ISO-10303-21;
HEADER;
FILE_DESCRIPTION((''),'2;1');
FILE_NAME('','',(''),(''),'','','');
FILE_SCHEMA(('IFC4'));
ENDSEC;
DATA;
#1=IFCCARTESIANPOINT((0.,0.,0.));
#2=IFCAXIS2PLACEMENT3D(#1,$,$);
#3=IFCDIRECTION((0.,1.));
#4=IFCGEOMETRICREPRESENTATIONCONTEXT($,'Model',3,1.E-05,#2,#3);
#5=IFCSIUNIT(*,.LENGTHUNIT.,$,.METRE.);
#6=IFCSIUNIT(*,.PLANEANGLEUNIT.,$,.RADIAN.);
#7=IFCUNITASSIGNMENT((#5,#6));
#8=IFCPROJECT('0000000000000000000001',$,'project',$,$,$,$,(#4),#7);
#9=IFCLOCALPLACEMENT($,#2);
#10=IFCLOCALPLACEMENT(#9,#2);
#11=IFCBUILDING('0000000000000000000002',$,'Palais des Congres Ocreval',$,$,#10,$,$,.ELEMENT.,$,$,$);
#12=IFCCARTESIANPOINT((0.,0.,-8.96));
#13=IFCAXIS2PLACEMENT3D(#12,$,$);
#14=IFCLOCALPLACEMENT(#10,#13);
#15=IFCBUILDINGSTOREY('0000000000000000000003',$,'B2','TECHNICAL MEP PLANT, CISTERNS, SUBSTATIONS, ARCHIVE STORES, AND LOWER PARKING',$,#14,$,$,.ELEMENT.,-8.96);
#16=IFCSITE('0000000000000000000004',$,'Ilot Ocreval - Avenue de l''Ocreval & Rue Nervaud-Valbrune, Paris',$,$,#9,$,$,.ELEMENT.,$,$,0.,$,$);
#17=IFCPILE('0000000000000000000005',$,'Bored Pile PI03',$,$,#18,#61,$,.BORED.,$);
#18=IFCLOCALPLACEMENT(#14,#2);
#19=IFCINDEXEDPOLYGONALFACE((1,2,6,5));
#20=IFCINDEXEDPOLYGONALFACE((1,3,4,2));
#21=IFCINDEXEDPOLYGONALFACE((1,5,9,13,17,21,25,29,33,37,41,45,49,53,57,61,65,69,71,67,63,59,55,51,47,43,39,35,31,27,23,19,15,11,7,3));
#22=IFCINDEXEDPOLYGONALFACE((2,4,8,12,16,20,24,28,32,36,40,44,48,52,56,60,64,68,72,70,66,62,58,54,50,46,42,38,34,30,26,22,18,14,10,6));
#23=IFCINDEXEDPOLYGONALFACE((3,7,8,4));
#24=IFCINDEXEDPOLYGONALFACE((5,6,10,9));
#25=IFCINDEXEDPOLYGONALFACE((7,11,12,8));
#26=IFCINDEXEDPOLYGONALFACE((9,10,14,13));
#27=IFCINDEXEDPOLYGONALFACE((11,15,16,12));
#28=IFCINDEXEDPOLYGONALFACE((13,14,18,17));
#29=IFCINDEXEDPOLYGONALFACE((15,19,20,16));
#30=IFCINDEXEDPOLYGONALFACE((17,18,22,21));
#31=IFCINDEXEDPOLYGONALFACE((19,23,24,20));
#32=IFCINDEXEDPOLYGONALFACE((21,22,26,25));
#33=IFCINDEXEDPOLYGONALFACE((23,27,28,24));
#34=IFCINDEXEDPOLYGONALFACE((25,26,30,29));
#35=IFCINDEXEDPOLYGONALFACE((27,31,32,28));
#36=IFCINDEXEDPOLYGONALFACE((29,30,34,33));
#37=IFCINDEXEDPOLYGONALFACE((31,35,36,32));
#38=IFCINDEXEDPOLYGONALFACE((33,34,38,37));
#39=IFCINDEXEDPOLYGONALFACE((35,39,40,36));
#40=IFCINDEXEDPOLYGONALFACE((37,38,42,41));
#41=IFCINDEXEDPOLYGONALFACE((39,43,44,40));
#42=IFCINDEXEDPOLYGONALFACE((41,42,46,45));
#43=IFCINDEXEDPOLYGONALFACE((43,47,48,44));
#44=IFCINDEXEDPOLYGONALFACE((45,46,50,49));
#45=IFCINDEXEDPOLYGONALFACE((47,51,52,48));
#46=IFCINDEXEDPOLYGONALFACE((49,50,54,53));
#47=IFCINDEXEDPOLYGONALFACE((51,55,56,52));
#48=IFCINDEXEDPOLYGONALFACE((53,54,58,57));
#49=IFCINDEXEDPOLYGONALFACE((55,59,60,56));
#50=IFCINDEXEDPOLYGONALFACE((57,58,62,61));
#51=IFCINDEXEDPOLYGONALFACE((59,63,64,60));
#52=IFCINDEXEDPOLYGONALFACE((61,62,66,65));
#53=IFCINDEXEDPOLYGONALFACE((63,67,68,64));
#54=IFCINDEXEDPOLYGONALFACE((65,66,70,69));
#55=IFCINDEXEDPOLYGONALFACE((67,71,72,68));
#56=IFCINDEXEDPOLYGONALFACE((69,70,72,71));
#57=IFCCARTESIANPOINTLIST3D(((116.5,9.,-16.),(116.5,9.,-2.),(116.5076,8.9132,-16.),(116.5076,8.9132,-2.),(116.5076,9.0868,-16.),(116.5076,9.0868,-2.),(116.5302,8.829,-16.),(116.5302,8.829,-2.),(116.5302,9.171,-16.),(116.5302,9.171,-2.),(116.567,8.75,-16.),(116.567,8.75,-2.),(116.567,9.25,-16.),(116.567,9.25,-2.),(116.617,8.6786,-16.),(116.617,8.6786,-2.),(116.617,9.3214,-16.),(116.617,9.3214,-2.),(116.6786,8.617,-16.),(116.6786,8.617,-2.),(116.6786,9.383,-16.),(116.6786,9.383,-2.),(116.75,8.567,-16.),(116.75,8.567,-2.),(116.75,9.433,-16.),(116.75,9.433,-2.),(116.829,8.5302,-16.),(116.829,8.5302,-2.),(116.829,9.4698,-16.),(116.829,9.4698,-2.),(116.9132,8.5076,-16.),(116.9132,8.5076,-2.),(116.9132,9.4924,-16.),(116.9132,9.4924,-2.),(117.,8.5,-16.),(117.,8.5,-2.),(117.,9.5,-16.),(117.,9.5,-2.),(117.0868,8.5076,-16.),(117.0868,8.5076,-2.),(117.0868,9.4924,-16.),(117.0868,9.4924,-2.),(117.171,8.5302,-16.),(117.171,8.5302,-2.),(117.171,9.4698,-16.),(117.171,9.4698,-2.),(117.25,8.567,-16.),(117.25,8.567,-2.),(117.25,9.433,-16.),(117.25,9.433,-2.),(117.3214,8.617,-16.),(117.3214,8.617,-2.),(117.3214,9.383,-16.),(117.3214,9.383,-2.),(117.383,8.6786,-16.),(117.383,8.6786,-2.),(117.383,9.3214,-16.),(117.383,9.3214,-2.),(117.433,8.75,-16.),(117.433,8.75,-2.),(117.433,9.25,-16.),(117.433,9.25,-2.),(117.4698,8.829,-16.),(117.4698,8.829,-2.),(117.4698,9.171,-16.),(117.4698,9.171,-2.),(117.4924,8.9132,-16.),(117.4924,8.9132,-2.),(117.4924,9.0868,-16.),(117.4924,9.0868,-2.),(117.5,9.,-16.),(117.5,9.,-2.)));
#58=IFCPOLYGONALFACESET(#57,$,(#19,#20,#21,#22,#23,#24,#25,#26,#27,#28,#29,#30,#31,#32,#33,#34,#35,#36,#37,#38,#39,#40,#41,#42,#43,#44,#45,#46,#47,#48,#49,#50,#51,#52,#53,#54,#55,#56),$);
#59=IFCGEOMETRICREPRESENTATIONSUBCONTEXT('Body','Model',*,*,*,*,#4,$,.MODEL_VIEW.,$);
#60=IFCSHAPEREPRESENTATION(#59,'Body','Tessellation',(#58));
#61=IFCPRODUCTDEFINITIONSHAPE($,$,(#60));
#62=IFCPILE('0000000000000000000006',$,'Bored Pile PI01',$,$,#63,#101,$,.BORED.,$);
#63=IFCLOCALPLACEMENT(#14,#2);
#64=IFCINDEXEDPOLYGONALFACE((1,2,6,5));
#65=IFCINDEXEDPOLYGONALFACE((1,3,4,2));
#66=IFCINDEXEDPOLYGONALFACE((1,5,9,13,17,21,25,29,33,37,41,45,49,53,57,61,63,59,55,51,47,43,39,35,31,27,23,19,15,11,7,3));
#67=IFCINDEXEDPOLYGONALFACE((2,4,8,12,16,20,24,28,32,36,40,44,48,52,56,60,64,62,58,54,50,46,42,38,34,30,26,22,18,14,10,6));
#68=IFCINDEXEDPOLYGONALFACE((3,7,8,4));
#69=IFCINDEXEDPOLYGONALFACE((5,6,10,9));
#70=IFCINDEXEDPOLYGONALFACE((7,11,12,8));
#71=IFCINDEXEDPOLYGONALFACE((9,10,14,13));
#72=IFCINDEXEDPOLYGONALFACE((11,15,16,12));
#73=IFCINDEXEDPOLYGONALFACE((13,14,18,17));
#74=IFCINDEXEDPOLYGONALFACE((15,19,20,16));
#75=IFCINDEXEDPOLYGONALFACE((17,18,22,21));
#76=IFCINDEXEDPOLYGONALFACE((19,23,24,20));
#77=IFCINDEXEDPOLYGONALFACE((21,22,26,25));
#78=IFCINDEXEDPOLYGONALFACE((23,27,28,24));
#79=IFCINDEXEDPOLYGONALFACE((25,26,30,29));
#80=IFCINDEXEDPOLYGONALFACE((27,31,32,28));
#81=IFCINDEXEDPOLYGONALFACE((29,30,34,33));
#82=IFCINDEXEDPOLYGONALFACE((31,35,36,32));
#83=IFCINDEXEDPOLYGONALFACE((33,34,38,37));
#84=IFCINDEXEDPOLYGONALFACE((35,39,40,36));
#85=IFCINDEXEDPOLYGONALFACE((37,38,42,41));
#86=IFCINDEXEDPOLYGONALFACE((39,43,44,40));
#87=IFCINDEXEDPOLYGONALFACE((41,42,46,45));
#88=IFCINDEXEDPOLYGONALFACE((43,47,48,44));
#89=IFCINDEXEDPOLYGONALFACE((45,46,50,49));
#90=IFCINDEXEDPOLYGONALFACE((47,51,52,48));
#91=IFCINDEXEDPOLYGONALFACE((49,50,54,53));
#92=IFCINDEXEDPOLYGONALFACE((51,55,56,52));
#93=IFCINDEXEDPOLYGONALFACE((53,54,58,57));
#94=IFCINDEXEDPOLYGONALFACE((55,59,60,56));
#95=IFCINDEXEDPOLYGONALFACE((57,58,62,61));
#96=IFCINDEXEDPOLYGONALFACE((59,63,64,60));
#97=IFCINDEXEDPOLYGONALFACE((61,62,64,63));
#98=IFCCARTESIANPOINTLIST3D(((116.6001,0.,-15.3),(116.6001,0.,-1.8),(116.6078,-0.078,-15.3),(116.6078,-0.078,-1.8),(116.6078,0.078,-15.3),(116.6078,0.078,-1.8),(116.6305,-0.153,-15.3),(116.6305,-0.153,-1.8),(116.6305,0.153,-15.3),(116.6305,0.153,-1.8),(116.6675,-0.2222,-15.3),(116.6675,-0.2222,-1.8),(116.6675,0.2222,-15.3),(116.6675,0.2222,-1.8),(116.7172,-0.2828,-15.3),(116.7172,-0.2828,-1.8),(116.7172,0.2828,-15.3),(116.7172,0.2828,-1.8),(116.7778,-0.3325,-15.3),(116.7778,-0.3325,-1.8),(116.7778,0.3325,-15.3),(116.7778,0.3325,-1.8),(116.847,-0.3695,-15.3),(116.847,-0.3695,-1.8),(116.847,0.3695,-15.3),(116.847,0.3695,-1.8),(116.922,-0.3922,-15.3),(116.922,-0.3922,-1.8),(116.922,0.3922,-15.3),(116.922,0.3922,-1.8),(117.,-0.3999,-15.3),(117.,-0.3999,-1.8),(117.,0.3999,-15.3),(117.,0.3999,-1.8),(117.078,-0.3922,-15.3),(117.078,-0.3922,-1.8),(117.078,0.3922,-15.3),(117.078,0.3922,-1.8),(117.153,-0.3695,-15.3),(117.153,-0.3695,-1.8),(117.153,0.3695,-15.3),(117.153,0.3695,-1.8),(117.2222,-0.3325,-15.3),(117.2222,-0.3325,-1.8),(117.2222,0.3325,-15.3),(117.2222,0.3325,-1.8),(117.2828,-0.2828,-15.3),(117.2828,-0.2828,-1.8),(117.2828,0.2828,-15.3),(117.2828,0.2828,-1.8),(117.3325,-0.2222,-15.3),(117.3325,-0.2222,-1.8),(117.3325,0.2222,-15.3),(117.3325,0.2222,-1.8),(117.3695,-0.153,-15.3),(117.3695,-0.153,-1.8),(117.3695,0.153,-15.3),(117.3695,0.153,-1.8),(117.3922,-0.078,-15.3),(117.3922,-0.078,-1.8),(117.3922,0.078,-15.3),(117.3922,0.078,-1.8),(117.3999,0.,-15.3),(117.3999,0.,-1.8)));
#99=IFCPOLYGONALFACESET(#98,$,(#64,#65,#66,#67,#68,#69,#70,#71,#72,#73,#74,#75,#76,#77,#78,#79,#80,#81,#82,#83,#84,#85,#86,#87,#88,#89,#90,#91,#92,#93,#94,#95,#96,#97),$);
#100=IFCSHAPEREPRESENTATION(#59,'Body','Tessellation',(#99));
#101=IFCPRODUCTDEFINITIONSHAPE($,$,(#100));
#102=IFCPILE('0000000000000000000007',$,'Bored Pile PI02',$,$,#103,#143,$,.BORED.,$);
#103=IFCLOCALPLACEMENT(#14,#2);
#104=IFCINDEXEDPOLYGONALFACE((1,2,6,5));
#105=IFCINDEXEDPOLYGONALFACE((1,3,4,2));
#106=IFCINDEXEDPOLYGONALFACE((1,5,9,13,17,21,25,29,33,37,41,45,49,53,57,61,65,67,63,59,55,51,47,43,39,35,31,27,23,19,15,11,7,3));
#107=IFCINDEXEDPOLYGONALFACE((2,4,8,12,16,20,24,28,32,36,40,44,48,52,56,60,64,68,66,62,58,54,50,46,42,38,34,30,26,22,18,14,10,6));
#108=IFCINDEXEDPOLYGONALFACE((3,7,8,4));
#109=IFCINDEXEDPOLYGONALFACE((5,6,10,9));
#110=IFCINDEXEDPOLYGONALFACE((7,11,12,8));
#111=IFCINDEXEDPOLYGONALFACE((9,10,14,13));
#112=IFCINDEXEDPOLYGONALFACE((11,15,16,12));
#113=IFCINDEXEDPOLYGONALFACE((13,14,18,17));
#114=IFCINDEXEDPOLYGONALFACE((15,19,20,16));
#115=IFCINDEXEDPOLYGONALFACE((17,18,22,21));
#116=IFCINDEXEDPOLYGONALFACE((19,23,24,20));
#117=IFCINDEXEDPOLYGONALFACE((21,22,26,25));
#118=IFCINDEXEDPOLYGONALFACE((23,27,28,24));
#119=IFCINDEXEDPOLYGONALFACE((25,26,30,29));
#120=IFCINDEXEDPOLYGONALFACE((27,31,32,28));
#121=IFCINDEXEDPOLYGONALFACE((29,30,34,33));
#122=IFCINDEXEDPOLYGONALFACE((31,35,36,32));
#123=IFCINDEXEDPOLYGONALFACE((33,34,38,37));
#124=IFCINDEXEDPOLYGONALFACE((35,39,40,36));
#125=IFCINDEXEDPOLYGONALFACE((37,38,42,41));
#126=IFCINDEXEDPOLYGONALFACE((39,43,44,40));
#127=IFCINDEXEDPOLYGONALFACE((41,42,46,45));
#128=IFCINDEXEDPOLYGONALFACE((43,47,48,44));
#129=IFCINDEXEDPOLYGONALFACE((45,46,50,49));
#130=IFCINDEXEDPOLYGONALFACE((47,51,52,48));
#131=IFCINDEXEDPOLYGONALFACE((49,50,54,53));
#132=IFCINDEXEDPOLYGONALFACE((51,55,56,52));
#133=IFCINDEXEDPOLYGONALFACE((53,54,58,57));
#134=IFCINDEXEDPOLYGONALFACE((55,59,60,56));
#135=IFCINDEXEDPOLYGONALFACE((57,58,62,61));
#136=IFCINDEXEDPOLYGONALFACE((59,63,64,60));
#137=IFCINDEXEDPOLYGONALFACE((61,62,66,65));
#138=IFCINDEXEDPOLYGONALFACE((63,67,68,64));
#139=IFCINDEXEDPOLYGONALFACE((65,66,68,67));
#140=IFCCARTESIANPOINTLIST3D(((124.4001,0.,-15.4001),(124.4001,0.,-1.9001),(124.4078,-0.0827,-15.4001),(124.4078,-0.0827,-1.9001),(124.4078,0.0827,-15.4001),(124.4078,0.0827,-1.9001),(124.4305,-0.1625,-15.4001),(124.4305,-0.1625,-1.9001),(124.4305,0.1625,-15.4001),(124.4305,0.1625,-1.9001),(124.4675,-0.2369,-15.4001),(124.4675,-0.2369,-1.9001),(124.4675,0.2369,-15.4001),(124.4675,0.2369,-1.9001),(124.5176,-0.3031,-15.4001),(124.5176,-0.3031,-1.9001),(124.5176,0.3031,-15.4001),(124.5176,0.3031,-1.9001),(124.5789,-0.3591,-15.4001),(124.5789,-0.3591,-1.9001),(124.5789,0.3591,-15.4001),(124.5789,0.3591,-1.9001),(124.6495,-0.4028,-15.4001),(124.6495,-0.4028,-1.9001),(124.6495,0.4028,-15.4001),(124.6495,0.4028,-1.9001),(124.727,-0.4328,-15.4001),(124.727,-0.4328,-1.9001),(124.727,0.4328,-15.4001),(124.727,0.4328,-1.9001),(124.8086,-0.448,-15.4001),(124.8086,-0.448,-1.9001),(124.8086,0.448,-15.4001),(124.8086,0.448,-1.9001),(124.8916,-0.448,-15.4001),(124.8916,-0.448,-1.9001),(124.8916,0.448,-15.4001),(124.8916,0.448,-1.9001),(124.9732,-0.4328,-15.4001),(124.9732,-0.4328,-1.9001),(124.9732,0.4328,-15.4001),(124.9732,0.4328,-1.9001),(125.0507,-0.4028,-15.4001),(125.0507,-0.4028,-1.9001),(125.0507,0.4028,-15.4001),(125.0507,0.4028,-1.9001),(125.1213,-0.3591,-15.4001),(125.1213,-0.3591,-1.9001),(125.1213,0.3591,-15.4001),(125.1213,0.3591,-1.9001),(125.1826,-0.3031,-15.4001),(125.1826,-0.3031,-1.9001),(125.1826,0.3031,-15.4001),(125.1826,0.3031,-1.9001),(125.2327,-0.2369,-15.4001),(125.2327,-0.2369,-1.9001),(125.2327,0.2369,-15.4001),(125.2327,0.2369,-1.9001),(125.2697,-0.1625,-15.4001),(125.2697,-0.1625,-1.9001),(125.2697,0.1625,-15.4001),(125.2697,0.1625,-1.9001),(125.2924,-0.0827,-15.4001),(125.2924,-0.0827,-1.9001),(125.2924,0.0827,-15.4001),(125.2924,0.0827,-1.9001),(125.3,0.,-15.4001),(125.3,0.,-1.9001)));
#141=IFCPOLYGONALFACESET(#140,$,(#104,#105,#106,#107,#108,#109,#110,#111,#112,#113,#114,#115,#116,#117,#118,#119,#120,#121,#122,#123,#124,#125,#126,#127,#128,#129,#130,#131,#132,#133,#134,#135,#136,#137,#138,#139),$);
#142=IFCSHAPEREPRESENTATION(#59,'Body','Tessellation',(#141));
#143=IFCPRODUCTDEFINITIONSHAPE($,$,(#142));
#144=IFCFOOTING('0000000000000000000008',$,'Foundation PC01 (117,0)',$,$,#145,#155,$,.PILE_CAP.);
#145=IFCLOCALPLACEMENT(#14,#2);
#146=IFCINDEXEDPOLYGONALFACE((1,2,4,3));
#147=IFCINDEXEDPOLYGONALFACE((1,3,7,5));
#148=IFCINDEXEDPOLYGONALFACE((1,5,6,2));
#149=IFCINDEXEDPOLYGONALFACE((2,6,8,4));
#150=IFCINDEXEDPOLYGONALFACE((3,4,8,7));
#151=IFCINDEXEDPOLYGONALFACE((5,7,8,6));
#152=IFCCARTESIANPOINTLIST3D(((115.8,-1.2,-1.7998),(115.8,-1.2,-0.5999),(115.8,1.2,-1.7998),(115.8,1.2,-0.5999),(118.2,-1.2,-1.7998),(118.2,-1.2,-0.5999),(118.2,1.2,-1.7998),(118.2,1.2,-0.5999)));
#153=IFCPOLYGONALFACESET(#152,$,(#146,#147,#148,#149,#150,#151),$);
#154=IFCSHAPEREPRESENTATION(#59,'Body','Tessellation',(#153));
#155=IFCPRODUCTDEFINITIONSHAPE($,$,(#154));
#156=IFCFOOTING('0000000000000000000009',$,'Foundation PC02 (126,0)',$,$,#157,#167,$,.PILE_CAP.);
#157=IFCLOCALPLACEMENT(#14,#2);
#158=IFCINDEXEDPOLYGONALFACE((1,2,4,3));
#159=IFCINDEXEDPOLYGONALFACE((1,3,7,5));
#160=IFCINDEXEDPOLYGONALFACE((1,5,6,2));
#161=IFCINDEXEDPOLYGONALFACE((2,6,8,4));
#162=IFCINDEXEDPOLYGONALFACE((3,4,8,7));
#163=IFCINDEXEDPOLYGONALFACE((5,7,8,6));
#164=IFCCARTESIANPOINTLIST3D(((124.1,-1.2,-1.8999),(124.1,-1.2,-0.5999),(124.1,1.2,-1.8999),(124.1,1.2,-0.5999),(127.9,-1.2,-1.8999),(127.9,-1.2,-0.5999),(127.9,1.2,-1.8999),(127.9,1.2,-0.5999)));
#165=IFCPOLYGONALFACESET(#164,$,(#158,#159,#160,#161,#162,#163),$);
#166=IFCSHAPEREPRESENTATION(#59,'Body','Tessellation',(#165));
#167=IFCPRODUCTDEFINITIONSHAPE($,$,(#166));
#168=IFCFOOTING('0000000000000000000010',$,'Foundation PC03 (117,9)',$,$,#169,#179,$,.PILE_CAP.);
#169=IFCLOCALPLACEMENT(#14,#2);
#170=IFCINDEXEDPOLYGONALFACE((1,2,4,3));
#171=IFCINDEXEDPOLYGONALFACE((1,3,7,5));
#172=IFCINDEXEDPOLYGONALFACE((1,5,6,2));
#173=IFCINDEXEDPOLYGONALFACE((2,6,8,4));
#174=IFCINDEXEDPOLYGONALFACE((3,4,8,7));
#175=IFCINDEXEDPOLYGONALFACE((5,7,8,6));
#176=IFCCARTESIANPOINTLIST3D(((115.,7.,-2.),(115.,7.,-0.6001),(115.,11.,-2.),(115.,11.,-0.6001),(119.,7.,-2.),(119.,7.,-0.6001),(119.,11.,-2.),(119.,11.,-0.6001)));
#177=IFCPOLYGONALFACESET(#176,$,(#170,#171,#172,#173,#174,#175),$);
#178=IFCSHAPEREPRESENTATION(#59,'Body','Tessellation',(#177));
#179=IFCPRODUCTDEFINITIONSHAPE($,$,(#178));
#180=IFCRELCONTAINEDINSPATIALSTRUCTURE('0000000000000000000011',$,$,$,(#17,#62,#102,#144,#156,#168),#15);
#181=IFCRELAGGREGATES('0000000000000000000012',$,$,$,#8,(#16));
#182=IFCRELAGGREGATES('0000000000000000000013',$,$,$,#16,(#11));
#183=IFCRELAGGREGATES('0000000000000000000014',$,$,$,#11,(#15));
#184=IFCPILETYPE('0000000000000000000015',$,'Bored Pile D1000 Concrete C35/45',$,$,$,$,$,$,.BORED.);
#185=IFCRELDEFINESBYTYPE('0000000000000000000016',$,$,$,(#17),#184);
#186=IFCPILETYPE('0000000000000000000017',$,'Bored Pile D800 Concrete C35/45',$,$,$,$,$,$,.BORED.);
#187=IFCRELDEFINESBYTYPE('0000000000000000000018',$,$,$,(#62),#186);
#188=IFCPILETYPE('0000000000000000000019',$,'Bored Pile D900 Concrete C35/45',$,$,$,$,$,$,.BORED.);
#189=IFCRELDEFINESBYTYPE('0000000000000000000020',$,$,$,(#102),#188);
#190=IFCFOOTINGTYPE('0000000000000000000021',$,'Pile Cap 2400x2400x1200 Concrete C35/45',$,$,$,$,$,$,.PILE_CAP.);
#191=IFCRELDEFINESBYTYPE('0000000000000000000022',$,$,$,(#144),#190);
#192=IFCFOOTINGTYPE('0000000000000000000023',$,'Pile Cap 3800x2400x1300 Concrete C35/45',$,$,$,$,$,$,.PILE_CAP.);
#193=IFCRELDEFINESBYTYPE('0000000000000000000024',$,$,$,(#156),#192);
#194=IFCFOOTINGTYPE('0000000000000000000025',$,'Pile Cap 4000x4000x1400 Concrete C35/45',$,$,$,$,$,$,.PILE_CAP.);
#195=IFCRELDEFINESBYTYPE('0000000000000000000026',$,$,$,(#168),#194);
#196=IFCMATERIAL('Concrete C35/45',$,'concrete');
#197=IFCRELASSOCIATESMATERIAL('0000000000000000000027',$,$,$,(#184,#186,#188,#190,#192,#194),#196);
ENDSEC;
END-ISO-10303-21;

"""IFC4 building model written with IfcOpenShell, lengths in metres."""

from ifc_helpers import new_model, si_unit, direction, frame, origin, origin_2d, place, context, subcontext, project, spatial, rectangle, circle, extrude, material, material_profile, profile_set, type_object, element, save


model = new_model("IFC4")

# Units and contexts
model_context = context("Model", 3, precision=1e-05, world=origin(), true_north=direction((0.0, 1.0)))
body_context = subcontext(model_context, "Body", "Model", "MODEL_VIEW")
ifc_project = project(units=[si_unit("LENGTHUNIT", "METRE"), si_unit("PLANEANGLEUNIT", "RADIAN")], contexts=[model_context])

# Site, building, storey
site_placement = place(None, origin())
site = spatial("IfcSite", under=ifc_project, at=site_placement, Name="Ilot Ocreval - Avenue de l'Ocreval & Rue Nervaud-Valbrune, Paris", CompositionType="ELEMENT", RefElevation=0.0)
building_placement = place(site_placement, origin())
building = spatial("IfcBuilding", under=site, at=building_placement, Name="Palais des Congres Ocreval", CompositionType="ELEMENT")
storey_placement = place(building_placement, frame((0.0, 0.0, -8.96)))
storey = spatial("IfcBuildingStorey", under=building, at=storey_placement, Name="B2", Description="TECHNICAL MEP PLANT, CISTERNS, SUBSTATIONS, ARCHIVE STORES, AND LOWER PARKING", CompositionType="ELEMENT", Elevation=-8.96)

# Piles
ifc_material_1 = material(Name="Concrete C35/45", Category="concrete")
ifc_material_profile_1 = material_profile(ifc_material_1, circle(Radius=0.5, at=origin_2d()), Name="BORED PILE 1000")
ifc_profile_set_1 = profile_set([ifc_material_profile_1], Name="Concrete C35/45")
pile_type_1 = type_object("IfcPileType", Name="Bored Pile D1000 Concrete C35/45", PredefinedType="BORED", material=ifc_profile_set_1)
pile_1_placement = place(storey_placement, frame((117.0, 9.0, -2.0), z_axis=(0.0, 0.0, -1.0), x_axis=(1.0, 0.0, 0.0)))
element("IfcPile", 1, at=pile_1_placement, inside=storey, type_object=pile_type_1, Name="Bored Pile PI03", PredefinedType="BORED", context=body_context, shape_type="SweptSolid", body=[
    extrude(circle(Radius=0.5, at=origin_2d()), origin(), (0.0, 0.0, 1.0), 14.0),
])
ifc_material_profile_2 = material_profile(ifc_material_1, circle(Radius=0.3999, at=origin_2d()), Name="BORED PILE 800")
ifc_profile_set_2 = profile_set([ifc_material_profile_2], Name="Concrete C35/45")
pile_type_2 = type_object("IfcPileType", Name="Bored Pile D800 Concrete C35/45", PredefinedType="BORED", material=ifc_profile_set_2)
pile_2_placement = place(storey_placement, frame((117.0, 0.0, -1.8), z_axis=(0.0, 0.0, -1.0), x_axis=(1.0, 0.0, 0.0)))
element("IfcPile", 2, at=pile_2_placement, inside=storey, type_object=pile_type_2, Name="Bored Pile PI01", PredefinedType="BORED", context=body_context, shape_type="SweptSolid", body=[
    extrude(circle(Radius=0.3999, at=origin_2d()), origin(), (0.0, 0.0, 1.0), 13.5),
])
ifc_material_profile_3 = material_profile(ifc_material_1, circle(Radius=0.45, at=origin_2d()), Name="BORED PILE 900")
ifc_profile_set_3 = profile_set([ifc_material_profile_3], Name="Concrete C35/45")
pile_type_3 = type_object("IfcPileType", Name="Bored Pile D900 Concrete C35/45", PredefinedType="BORED", material=ifc_profile_set_3)
pile_3_placement = place(storey_placement, frame((124.8501, 0.0, -1.9001), z_axis=(0.0, 0.0, -1.0), x_axis=(1.0, 0.0, 0.0)))
element("IfcPile", 3, at=pile_3_placement, inside=storey, type_object=pile_type_3, Name="Bored Pile PI02", PredefinedType="BORED", context=body_context, shape_type="SweptSolid", body=[
    extrude(circle(Radius=0.45, at=origin_2d()), origin(), (0.0, 0.0, 1.0), 13.5),
])

# Footings
footing_type_1 = type_object("IfcFootingType", Name="Pile Cap 2400x2400x1200 Concrete C35/45", PredefinedType="PILE_CAP", material=ifc_material_1)
footing_1_placement = place(storey_placement, frame((117.0, 0.0, -1.7998), z_axis=(0.0, 0.0, 1.0), x_axis=(1.0, 0.0, 0.0)))
element("IfcFooting", 4, at=footing_1_placement, inside=storey, type_object=footing_type_1, Name="Foundation PC01 (117,0)", PredefinedType="PILE_CAP", context=body_context, shape_type="SweptSolid", body=[
    extrude(rectangle(XDim=2.3999, YDim=2.3999, at=origin_2d()), origin(), (0.0, 0.0, 1.0), 1.2),
])
footing_type_2 = type_object("IfcFootingType", Name="Pile Cap 3800x2400x1300 Concrete C35/45", PredefinedType="PILE_CAP", material=ifc_material_1)
footing_2_placement = place(storey_placement, frame((126.0, 0.0, -1.8999), z_axis=(0.0, 0.0, 1.0), x_axis=(1.0, 0.0, 0.0)))
element("IfcFooting", 5, at=footing_2_placement, inside=storey, type_object=footing_type_2, Name="Foundation PC02 (126,0)", PredefinedType="PILE_CAP", context=body_context, shape_type="SweptSolid", body=[
    extrude(rectangle(XDim=3.8, YDim=2.3999, at=origin_2d()), origin(), (0.0, 0.0, 1.0), 1.3),
])
footing_type_3 = type_object("IfcFootingType", Name="Pile Cap 4000x4000x1400 Concrete C35/45", PredefinedType="PILE_CAP", material=ifc_material_1)
footing_3_placement = place(storey_placement, frame((117.0, 9.0, -2.0), z_axis=(0.0, 0.0, 1.0), x_axis=(1.0, 0.0, 0.0)))
element("IfcFooting", 6, at=footing_3_placement, inside=storey, type_object=footing_type_3, Name="Foundation PC03 (117,9)", PredefinedType="PILE_CAP", context=body_context, shape_type="SweptSolid", body=[
    extrude(rectangle(XDim=4.0, YDim=4.0, at=origin_2d()), origin(), (0.0, 0.0, 1.0), 1.3999),
])

save(model, "model.ifc")
